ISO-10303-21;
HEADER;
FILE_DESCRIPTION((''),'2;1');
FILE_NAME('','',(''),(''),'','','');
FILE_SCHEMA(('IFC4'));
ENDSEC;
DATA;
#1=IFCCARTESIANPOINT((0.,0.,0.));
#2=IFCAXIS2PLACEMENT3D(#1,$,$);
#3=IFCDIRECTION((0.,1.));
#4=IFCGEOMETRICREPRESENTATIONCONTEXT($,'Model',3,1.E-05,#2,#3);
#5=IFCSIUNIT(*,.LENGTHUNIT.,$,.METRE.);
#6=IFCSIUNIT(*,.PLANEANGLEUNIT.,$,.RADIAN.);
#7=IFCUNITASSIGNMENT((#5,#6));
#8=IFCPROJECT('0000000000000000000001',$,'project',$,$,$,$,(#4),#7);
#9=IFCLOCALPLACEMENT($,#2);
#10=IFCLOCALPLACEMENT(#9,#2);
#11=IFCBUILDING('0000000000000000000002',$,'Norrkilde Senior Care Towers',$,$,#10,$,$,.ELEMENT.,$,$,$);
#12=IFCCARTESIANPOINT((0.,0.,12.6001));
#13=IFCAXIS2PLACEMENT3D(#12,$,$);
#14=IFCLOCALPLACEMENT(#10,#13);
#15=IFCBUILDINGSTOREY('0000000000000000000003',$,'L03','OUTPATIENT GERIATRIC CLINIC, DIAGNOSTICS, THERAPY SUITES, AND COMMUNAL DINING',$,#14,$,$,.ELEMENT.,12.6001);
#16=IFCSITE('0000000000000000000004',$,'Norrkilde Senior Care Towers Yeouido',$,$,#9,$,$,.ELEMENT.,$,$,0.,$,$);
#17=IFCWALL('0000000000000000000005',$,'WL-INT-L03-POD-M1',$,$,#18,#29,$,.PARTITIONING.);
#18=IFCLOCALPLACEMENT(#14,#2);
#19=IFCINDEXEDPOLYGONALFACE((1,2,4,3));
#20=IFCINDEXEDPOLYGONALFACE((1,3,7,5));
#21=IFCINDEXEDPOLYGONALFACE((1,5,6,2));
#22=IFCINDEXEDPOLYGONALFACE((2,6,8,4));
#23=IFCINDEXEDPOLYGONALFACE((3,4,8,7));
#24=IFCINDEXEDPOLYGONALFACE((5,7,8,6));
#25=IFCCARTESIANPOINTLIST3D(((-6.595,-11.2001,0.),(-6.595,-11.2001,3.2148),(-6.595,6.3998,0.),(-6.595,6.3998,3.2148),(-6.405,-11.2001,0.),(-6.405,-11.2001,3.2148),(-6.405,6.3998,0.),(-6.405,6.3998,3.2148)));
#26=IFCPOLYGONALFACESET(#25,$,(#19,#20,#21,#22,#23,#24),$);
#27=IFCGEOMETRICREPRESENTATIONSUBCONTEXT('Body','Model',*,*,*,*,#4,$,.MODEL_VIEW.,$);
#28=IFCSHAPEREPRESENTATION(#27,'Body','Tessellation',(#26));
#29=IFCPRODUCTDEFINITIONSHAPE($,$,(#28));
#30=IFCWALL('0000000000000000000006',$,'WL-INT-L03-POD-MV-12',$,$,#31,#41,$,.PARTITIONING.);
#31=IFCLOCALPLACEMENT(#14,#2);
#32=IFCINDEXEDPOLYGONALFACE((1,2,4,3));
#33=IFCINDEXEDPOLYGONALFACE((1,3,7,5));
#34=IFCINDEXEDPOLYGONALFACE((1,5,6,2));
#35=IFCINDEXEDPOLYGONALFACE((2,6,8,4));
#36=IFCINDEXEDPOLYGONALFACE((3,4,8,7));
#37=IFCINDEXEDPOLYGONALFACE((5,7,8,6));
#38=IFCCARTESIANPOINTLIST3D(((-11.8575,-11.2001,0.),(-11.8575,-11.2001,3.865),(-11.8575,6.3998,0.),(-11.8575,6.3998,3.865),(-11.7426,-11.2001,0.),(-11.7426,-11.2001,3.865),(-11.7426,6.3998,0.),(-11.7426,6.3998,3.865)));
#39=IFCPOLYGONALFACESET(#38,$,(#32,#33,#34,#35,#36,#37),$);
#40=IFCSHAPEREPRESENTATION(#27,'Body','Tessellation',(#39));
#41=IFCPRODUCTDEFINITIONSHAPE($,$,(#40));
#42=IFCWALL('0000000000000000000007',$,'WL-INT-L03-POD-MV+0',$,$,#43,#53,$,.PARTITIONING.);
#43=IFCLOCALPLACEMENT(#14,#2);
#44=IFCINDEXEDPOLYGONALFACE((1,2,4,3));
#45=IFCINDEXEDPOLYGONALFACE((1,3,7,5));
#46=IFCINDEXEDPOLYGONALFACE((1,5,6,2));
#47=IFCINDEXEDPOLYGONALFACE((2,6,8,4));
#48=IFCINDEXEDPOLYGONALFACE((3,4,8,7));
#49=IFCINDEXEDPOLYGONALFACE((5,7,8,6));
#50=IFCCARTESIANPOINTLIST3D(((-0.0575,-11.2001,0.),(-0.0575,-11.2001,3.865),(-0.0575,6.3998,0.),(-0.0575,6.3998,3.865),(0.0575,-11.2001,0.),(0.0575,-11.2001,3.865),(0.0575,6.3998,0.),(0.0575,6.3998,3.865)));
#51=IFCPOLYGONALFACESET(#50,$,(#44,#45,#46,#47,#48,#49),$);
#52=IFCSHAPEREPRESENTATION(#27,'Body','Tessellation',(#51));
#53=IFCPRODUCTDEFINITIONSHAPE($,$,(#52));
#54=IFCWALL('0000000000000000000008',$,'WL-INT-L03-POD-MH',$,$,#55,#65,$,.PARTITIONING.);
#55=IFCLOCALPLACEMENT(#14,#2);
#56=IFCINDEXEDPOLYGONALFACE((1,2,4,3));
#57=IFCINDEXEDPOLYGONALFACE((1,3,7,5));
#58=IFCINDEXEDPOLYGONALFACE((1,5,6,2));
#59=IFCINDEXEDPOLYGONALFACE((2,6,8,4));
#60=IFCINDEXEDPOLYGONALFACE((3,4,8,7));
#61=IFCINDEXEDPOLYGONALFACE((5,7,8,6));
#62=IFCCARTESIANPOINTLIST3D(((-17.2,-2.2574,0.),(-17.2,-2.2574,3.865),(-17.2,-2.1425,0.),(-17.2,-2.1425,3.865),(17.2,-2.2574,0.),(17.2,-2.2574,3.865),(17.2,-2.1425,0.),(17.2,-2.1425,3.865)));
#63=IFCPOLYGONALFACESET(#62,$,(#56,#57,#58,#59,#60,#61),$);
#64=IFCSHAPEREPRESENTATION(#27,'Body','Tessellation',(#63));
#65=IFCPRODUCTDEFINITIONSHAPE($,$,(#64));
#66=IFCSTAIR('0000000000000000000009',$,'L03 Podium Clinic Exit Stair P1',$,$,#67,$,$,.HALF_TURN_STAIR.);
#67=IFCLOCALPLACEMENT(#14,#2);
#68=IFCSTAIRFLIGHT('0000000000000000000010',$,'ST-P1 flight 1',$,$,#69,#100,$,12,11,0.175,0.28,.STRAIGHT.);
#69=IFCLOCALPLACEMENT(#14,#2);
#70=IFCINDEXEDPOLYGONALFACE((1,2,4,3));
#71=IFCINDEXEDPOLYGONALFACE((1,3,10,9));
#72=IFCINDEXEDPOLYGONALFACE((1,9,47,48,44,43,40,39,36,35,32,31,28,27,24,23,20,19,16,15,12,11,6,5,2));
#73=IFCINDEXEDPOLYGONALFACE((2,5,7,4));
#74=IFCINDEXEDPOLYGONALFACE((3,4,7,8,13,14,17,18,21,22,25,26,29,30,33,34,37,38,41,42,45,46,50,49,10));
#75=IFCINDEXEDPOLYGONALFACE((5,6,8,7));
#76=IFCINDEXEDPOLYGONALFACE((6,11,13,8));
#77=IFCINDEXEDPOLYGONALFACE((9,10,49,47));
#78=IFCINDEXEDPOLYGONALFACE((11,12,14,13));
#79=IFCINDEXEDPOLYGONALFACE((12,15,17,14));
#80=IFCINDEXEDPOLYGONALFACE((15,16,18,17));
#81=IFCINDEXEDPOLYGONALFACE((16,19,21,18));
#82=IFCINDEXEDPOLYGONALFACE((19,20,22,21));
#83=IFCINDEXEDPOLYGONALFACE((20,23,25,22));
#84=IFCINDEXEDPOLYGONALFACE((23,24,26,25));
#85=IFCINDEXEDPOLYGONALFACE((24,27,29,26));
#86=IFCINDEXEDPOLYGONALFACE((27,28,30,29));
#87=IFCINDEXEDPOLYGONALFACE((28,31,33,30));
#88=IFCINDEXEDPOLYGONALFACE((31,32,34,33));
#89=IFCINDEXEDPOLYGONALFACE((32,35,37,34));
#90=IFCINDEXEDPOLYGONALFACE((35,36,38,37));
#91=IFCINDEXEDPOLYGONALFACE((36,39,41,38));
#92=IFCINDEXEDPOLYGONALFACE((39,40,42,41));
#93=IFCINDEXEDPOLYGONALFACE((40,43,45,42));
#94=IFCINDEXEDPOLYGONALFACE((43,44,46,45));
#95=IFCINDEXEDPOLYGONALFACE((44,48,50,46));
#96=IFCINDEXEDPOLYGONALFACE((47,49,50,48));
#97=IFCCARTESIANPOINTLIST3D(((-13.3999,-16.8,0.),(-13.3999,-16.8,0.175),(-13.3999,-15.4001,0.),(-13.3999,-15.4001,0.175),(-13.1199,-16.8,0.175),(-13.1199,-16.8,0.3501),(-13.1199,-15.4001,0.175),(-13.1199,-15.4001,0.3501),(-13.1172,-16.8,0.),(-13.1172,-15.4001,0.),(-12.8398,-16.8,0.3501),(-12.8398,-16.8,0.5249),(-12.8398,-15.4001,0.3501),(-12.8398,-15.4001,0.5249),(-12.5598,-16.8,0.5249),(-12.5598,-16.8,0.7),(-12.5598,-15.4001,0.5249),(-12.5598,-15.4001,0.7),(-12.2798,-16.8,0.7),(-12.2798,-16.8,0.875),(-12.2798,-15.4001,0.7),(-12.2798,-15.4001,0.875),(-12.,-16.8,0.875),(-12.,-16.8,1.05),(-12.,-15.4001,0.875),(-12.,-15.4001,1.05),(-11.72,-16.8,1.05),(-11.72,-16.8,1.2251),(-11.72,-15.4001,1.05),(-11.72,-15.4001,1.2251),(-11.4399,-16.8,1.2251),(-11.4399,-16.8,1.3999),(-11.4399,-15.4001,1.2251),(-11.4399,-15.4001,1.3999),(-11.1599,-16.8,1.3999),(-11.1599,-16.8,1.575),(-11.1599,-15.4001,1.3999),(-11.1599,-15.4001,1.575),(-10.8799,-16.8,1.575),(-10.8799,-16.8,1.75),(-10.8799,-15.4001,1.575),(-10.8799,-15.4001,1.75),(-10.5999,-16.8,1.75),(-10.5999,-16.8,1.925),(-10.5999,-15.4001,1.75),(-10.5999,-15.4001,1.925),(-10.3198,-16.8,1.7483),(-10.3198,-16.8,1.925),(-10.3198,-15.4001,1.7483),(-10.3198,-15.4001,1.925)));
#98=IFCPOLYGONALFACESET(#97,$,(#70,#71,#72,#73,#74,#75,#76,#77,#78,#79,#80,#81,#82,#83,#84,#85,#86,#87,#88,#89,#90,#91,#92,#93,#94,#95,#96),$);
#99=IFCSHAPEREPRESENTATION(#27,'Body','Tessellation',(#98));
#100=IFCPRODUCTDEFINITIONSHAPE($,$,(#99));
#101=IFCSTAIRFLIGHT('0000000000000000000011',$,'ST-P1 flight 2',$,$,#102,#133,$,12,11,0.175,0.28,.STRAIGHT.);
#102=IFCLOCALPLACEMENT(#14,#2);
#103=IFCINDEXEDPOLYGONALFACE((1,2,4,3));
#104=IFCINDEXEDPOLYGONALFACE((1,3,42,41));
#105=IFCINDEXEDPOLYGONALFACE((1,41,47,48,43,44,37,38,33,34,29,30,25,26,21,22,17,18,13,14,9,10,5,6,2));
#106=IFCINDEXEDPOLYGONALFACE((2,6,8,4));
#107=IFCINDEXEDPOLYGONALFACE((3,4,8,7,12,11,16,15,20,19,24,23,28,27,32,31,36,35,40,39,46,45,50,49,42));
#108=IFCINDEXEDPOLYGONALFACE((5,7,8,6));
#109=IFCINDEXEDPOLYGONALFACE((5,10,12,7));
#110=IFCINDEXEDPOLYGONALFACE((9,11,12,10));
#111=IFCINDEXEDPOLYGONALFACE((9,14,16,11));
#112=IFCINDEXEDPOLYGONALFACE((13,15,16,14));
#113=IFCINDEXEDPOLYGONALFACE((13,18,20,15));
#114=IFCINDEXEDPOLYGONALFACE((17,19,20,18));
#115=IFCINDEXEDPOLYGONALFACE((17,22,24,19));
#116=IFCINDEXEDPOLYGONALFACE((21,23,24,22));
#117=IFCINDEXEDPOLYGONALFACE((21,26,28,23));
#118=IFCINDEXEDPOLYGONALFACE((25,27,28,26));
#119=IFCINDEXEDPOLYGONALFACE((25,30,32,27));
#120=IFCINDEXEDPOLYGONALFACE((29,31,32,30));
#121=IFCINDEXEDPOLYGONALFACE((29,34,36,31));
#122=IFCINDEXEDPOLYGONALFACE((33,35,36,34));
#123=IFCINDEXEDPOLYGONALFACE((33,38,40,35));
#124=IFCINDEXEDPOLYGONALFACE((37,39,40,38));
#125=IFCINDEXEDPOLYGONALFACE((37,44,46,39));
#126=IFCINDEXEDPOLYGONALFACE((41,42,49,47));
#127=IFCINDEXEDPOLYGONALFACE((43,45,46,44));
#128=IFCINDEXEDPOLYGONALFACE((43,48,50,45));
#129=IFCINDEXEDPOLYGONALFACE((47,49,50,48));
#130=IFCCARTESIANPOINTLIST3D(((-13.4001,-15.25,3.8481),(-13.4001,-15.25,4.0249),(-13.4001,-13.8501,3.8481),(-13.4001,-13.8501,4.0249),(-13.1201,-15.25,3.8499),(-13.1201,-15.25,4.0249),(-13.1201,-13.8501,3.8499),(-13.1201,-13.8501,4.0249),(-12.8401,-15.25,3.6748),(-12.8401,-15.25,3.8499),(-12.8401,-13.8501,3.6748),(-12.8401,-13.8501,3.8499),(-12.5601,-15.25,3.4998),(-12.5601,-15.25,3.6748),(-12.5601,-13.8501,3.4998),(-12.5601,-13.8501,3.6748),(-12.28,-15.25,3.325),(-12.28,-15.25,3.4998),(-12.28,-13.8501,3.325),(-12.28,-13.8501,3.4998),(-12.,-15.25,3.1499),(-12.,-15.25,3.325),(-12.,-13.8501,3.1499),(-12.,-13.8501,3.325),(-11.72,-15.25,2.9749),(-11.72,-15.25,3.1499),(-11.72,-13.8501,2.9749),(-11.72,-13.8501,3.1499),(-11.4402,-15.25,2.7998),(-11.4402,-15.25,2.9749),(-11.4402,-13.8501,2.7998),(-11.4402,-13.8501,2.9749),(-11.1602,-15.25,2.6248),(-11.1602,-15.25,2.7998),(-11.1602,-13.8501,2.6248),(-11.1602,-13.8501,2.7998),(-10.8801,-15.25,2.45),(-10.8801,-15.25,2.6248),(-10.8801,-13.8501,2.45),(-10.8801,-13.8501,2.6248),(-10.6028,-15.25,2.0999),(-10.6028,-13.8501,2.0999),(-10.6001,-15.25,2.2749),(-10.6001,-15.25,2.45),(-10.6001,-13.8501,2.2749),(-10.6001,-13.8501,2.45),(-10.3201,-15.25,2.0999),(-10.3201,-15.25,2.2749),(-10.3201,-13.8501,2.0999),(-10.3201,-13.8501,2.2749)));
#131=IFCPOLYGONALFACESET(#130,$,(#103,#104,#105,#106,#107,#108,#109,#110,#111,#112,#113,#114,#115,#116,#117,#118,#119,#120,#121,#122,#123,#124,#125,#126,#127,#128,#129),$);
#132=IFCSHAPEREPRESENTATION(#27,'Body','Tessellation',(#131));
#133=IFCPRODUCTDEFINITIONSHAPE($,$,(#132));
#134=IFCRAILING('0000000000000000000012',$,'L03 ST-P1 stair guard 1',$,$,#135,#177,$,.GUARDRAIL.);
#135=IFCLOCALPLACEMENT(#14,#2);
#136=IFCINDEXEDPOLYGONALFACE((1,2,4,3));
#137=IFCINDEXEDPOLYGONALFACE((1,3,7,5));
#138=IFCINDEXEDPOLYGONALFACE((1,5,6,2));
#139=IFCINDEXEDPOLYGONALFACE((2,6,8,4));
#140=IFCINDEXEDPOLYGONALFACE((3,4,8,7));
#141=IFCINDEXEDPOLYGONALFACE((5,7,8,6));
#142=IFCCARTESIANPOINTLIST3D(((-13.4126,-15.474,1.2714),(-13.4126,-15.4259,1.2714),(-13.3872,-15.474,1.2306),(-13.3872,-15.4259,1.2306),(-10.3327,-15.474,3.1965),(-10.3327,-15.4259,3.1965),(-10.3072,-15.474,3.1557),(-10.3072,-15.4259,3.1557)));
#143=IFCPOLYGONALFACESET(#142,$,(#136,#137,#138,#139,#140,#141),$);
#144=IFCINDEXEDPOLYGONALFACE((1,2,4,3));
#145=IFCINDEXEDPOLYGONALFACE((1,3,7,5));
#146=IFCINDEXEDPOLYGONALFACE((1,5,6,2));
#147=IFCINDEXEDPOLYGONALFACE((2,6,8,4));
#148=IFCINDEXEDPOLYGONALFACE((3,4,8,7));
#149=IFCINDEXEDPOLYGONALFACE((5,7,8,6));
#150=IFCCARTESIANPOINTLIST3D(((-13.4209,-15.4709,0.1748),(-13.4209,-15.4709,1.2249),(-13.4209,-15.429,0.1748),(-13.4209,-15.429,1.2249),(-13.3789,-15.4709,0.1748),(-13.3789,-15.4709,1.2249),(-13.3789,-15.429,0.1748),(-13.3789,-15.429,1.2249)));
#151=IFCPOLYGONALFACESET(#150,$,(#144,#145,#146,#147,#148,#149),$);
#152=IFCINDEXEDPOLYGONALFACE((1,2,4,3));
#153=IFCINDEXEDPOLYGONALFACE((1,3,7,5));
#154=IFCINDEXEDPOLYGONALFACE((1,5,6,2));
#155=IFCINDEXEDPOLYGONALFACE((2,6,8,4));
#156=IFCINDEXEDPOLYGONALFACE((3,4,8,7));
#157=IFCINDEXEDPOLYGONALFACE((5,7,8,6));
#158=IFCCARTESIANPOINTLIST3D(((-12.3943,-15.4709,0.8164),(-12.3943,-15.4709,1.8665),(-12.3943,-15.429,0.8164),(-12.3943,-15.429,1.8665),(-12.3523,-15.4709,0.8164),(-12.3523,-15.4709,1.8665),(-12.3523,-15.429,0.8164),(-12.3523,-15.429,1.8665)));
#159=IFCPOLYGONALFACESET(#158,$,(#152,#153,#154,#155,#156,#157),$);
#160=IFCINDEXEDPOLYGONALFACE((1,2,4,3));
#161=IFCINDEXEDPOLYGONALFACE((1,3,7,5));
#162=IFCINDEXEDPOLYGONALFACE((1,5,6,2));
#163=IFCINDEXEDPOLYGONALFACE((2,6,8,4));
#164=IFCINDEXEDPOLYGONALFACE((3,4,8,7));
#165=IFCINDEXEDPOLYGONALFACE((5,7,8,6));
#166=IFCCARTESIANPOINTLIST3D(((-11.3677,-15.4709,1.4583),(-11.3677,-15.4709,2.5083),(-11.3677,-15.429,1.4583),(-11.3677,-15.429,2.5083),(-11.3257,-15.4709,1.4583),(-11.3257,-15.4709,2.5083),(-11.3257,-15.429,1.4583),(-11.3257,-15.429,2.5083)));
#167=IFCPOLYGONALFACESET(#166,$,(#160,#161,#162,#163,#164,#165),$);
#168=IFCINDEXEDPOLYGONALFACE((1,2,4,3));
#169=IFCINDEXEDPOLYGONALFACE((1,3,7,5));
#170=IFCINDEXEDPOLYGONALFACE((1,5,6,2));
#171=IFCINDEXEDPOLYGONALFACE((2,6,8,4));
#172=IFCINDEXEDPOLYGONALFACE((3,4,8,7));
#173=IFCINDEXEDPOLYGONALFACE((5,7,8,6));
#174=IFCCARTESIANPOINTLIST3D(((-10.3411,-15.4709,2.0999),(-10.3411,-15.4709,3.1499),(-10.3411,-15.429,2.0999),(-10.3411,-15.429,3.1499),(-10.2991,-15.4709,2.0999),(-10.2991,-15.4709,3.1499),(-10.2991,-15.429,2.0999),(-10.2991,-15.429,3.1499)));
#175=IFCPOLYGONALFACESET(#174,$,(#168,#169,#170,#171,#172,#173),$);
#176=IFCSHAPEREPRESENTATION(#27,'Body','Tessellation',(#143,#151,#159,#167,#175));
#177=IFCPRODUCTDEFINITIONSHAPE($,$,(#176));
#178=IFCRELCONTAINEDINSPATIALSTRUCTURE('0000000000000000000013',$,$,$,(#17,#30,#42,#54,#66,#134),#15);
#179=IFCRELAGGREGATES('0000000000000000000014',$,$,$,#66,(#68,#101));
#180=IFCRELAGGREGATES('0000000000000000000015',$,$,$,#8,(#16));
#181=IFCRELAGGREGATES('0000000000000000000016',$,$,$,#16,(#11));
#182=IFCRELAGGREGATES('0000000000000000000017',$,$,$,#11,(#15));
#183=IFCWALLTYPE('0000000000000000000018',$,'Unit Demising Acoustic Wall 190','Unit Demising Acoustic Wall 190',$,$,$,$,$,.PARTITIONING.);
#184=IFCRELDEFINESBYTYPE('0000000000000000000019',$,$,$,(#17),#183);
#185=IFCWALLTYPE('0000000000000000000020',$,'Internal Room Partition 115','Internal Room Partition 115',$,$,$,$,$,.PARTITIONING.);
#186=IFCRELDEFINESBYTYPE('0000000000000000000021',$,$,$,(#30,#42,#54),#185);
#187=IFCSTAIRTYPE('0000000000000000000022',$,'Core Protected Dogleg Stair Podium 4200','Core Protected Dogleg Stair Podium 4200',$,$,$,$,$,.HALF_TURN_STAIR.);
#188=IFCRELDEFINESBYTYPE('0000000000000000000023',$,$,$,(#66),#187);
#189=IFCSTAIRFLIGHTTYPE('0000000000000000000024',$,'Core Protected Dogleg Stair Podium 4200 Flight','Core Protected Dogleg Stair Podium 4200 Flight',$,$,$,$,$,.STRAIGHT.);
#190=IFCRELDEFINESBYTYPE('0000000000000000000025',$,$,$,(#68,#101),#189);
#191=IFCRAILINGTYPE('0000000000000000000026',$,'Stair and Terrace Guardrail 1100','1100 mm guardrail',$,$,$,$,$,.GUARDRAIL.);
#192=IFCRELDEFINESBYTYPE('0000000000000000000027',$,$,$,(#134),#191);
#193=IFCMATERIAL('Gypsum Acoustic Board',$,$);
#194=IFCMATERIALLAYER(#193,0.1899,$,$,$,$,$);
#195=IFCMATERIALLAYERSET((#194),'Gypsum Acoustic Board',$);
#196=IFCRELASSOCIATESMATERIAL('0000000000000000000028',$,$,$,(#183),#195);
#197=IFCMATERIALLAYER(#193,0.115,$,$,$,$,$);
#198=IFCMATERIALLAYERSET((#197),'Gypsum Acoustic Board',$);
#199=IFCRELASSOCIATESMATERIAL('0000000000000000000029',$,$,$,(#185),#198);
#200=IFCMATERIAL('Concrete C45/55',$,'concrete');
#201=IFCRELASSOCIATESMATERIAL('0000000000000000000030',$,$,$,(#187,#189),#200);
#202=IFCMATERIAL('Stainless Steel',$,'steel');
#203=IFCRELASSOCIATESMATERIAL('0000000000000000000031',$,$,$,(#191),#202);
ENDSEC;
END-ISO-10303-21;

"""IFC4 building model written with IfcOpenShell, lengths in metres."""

from ifc_helpers import new_model, si_unit, direction, frame, frame_2d, origin, origin_2d, place, context, subcontext, project, spatial, polyline, rectangle, outline, extrude, source, transform, mapped, material, layer, layer_set, type_object, type_shapes, element, aggregate, save


model = new_model("IFC4")

# Units and contexts
model_context = context("Model", 3, precision=1e-05, world=origin(), true_north=direction((0.0, 1.0)))
body_context = subcontext(model_context, "Body", "Model", "MODEL_VIEW")
ifc_project = project(units=[si_unit("LENGTHUNIT", "METRE"), si_unit("PLANEANGLEUNIT", "RADIAN")], contexts=[model_context])

# Site, building, storey
site_placement = place(None, origin())
site = spatial("IfcSite", under=ifc_project, at=site_placement, Name="Norrkilde Senior Care Towers Yeouido", CompositionType="ELEMENT", RefElevation=0.0)
building_placement = place(site_placement, origin())
building = spatial("IfcBuilding", under=site, at=building_placement, Name="Norrkilde Senior Care Towers", CompositionType="ELEMENT")
storey_placement = place(building_placement, frame((0.0, 0.0, 12.6001)))
storey = spatial("IfcBuildingStorey", under=building, at=storey_placement, Name="L03", Description="OUTPATIENT GERIATRIC CLINIC, DIAGNOSTICS, THERAPY SUITES, AND COMMUNAL DINING", CompositionType="ELEMENT", Elevation=12.6001)

# Shared definitions
ifc_material_1 = material(Name="Concrete C45/55", Category="concrete")

# Shared definitions
ifc_material_2 = material(Name="Gypsum Acoustic Board")

# Walls
ifc_layer_1 = layer(ifc_material_2, 0.1899)
ifc_layer_set_1 = layer_set([ifc_layer_1], Name="Gypsum Acoustic Board")
wall_type_1 = type_object("IfcWallType", Name="Unit Demising Acoustic Wall 190", Description="Unit Demising Acoustic Wall 190", PredefinedType="PARTITIONING", material=ifc_layer_set_1)
shared_shape_1 = source(origin(), body_context, "Body", "SweptSolid", [
    extrude(rectangle(XDim=17.5999, YDim=0.1899, at=frame_2d((8.7998, 0.0))), origin(), (0.0, 0.0, 1.0), 3.2148),
])
type_shapes(wall_type_1, [shared_shape_1])
wall_1_placement = place(storey_placement, frame((-6.5, -11.2, 0.0), z_axis=(0.0, 0.0, 1.0), x_axis=(0.0, 1.0, 0.0)))
element("IfcWall", 1, at=wall_1_placement, inside=storey, type_object=wall_type_1, Name="WL-INT-L03-POD-M1", PredefinedType="PARTITIONING", context=body_context, shape_type="MappedRepresentation", body=[
    mapped(shared_shape_1, transform((0.0, 0.0, 0.0), x_axis=(1.0, 0.0, 0.0), y_axis=(0.0, 1.0, 0.0), z_axis=(0.0, 0.0, 1.0), scale=1.0)),
])
ifc_layer_2 = layer(ifc_material_2, 0.115)
ifc_layer_set_2 = layer_set([ifc_layer_2], Name="Gypsum Acoustic Board")
wall_type_2 = type_object("IfcWallType", Name="Internal Room Partition 115", Description="Internal Room Partition 115", PredefinedType="PARTITIONING", material=ifc_layer_set_2)
shared_shape_2 = source(origin(), body_context, "Body", "SweptSolid", [
    extrude(rectangle(XDim=17.5999, YDim=0.115, at=frame_2d((8.7998, 0.0))), origin(), (0.0, 0.0, 1.0), 3.865),
])
for number, where, z_axis, x_axis, name in (
    (2, (-11.8, -11.2, 0.0), (0.0, 0.0, 1.0), (0.0, 1.0, 0.0), "WL-INT-L03-POD-MV-12"),
    (3, (0.0, -11.2, 0.0), (0.0, 0.0, 1.0), (0.0, 1.0, 0.0), "WL-INT-L03-POD-MV+0"),
):
    element("IfcWall", number, at=place(storey_placement, frame(where, z_axis=z_axis, x_axis=x_axis)), inside=storey, type_object=wall_type_2, Name=name, PredefinedType="PARTITIONING", context=body_context, shape_type="MappedRepresentation", body=[
        mapped(shared_shape_2, transform((0.0, 0.0, 0.0), x_axis=(1.0, 0.0, 0.0), y_axis=(0.0, 1.0, 0.0), z_axis=(0.0, 0.0, 1.0), scale=1.0)),
    ])
shared_shape_3 = source(origin(), body_context, "Body", "SweptSolid", [
    extrude(rectangle(XDim=34.3999, YDim=0.115, at=frame_2d((17.2, 0.0))), origin(), (0.0, 0.0, 1.0), 3.865),
])
type_shapes(wall_type_2, [shared_shape_2, shared_shape_3])
wall_2_placement = place(storey_placement, frame((-17.2, -2.2, 0.0), z_axis=(0.0, 0.0, 1.0), x_axis=(1.0, 0.0, 0.0)))
element("IfcWall", 4, at=wall_2_placement, inside=storey, type_object=wall_type_2, Name="WL-INT-L03-POD-MH", PredefinedType="PARTITIONING", context=body_context, shape_type="MappedRepresentation", body=[
    mapped(shared_shape_3, transform((0.0, 0.0, 0.0), x_axis=(1.0, 0.0, 0.0), y_axis=(0.0, 1.0, 0.0), z_axis=(0.0, 0.0, 1.0), scale=1.0)),
])

# Stair, stair flights
stair_type = type_object("IfcStairType", Name="Core Protected Dogleg Stair Podium 4200", Description="Core Protected Dogleg Stair Podium 4200", PredefinedType="HALF_TURN_STAIR", material=ifc_material_1)
stair_placement = place(storey_placement, origin())
stair = element("IfcStair", 5, at=stair_placement, inside=storey, type_object=stair_type, Name="L03 Podium Clinic Exit Stair P1", PredefinedType="HALF_TURN_STAIR")
stair_flight_type = type_object("IfcStairFlightType", Name="Core Protected Dogleg Stair Podium 4200 Flight", Description="Core Protected Dogleg Stair Podium 4200 Flight", PredefinedType="STRAIGHT", material=ifc_material_1)
stair_flight_1_placement = place(storey_placement, frame((-13.3999, -16.1001, 0.0), z_axis=(0.0, 0.0, 1.0), x_axis=(1.0, 0.0, 0.0)))
stair_flight_1 = element("IfcStairFlight", 6, at=stair_flight_1_placement, type_object=stair_flight_type, Name="ST-P1 flight 1", NumberOfRisers=12, NumberOfTreads=11, PredefinedType="STRAIGHT", RiserHeight=0.175, TreadLength=0.28, context=body_context, shape_type="SweptSolid", body=[
    extrude(outline(polyline([(0.0, 0.0), (0.0, 0.175), (0.28, 0.175), (0.28, 0.3501), (0.5601, 0.3501), (0.5601, 0.5249), (0.8401, 0.5249), (0.8401, 0.7), (1.1201, 0.7), (1.1201, 0.875), (1.3999, 0.875), (1.3999, 1.05), (1.6799, 1.05), (1.6799, 1.2251), (1.96, 1.2251), (1.96, 1.3999), (2.24, 1.3999), (2.24, 1.575), (2.52, 1.575), (2.52, 1.75), (2.8, 1.75), (2.8, 1.925), (3.0801, 1.925), (3.0801, 2.1001), (3.0801, 1.7483), (0.2827, 0.0), (0.0, 0.0)])), frame((0.0, 0.7, 0.0), z_axis=(0.0, -1.0, 0.0), x_axis=(1.0, 0.0, 0.0)), (0.0, 0.0, 1.0), 1.3999),
])
stair_flight_2_placement = place(storey_placement, frame((-10.3201, -14.55, 2.0999), z_axis=(0.0, 0.0, 1.0), x_axis=(-1.0, 0.0, 0.0)))
stair_flight_2 = element("IfcStairFlight", 7, at=stair_flight_2_placement, type_object=stair_flight_type, Name="ST-P1 flight 2", NumberOfRisers=12, NumberOfTreads=11, PredefinedType="STRAIGHT", RiserHeight=0.175, TreadLength=0.28, context=body_context, shape_type="SweptSolid", body=[
    extrude(outline(polyline([(0.0, 0.0), (0.0, 0.175), (0.28, 0.175), (0.28, 0.3501), (0.5601, 0.3501), (0.5601, 0.5249), (0.8401, 0.5249), (0.8401, 0.7), (1.1201, 0.7), (1.1201, 0.875), (1.3999, 0.875), (1.3999, 1.05), (1.6799, 1.05), (1.6799, 1.2251), (1.96, 1.2251), (1.96, 1.3999), (2.24, 1.3999), (2.24, 1.575), (2.52, 1.575), (2.52, 1.75), (2.8, 1.75), (2.8, 1.925), (3.0801, 1.925), (3.0801, 2.1001), (3.0801, 1.7483), (0.2827, 0.0), (0.0, 0.0)])), frame((0.0, 0.7, 0.0), z_axis=(0.0, -1.0, 0.0), x_axis=(1.0, 0.0, 0.0)), (0.0, 0.0, 1.0), 1.3999),
])
aggregate(stair, [stair_flight_1, stair_flight_2])

# Railing
ifc_material_3 = material(Name="Stainless Steel", Category="steel")
railing_type_1 = type_object("IfcRailingType", Name="Stair and Terrace Guardrail 1100", Description="1100 mm guardrail", PredefinedType="GUARDRAIL", material=ifc_material_3)
railing_1_placement = place(storey_placement, frame((-13.3999, -15.45, 0.1748)))
element("IfcRailing", 8, at=railing_1_placement, inside=storey, type_object=railing_type_1, Name="L03 ST-P1 stair guard 1", PredefinedType="GUARDRAIL", context=body_context, shape_type="SweptSolid", body=[
    extrude(rectangle(XDim=0.0481, YDim=0.0481, at=origin_2d()), frame((0.0, 0.0, 1.0762), z_axis=(0.847979, 0.0, 0.530029), x_axis=(0.0, 1.0, 0.0)), (0.0, 0.0, 1.0), 3.6321),
    extrude(rectangle(XDim=0.042, YDim=0.042, at=origin_2d()), origin(), (0.0, 0.0, 1.0), 1.05),
    extrude(rectangle(XDim=0.042, YDim=0.042, at=origin_2d()), frame((1.0266, 0.0, 0.6416)), (0.0, 0.0, 1.0), 1.05),
    extrude(rectangle(XDim=0.042, YDim=0.042, at=origin_2d()), frame((2.0532, 0.0, 1.2834)), (0.0, 0.0, 1.0), 1.05),
    extrude(rectangle(XDim=0.042, YDim=0.042, at=origin_2d()), frame((3.0798, 0.0, 1.925)), (0.0, 0.0, 1.0), 1.05),
])

save(model, "model.ifc")
